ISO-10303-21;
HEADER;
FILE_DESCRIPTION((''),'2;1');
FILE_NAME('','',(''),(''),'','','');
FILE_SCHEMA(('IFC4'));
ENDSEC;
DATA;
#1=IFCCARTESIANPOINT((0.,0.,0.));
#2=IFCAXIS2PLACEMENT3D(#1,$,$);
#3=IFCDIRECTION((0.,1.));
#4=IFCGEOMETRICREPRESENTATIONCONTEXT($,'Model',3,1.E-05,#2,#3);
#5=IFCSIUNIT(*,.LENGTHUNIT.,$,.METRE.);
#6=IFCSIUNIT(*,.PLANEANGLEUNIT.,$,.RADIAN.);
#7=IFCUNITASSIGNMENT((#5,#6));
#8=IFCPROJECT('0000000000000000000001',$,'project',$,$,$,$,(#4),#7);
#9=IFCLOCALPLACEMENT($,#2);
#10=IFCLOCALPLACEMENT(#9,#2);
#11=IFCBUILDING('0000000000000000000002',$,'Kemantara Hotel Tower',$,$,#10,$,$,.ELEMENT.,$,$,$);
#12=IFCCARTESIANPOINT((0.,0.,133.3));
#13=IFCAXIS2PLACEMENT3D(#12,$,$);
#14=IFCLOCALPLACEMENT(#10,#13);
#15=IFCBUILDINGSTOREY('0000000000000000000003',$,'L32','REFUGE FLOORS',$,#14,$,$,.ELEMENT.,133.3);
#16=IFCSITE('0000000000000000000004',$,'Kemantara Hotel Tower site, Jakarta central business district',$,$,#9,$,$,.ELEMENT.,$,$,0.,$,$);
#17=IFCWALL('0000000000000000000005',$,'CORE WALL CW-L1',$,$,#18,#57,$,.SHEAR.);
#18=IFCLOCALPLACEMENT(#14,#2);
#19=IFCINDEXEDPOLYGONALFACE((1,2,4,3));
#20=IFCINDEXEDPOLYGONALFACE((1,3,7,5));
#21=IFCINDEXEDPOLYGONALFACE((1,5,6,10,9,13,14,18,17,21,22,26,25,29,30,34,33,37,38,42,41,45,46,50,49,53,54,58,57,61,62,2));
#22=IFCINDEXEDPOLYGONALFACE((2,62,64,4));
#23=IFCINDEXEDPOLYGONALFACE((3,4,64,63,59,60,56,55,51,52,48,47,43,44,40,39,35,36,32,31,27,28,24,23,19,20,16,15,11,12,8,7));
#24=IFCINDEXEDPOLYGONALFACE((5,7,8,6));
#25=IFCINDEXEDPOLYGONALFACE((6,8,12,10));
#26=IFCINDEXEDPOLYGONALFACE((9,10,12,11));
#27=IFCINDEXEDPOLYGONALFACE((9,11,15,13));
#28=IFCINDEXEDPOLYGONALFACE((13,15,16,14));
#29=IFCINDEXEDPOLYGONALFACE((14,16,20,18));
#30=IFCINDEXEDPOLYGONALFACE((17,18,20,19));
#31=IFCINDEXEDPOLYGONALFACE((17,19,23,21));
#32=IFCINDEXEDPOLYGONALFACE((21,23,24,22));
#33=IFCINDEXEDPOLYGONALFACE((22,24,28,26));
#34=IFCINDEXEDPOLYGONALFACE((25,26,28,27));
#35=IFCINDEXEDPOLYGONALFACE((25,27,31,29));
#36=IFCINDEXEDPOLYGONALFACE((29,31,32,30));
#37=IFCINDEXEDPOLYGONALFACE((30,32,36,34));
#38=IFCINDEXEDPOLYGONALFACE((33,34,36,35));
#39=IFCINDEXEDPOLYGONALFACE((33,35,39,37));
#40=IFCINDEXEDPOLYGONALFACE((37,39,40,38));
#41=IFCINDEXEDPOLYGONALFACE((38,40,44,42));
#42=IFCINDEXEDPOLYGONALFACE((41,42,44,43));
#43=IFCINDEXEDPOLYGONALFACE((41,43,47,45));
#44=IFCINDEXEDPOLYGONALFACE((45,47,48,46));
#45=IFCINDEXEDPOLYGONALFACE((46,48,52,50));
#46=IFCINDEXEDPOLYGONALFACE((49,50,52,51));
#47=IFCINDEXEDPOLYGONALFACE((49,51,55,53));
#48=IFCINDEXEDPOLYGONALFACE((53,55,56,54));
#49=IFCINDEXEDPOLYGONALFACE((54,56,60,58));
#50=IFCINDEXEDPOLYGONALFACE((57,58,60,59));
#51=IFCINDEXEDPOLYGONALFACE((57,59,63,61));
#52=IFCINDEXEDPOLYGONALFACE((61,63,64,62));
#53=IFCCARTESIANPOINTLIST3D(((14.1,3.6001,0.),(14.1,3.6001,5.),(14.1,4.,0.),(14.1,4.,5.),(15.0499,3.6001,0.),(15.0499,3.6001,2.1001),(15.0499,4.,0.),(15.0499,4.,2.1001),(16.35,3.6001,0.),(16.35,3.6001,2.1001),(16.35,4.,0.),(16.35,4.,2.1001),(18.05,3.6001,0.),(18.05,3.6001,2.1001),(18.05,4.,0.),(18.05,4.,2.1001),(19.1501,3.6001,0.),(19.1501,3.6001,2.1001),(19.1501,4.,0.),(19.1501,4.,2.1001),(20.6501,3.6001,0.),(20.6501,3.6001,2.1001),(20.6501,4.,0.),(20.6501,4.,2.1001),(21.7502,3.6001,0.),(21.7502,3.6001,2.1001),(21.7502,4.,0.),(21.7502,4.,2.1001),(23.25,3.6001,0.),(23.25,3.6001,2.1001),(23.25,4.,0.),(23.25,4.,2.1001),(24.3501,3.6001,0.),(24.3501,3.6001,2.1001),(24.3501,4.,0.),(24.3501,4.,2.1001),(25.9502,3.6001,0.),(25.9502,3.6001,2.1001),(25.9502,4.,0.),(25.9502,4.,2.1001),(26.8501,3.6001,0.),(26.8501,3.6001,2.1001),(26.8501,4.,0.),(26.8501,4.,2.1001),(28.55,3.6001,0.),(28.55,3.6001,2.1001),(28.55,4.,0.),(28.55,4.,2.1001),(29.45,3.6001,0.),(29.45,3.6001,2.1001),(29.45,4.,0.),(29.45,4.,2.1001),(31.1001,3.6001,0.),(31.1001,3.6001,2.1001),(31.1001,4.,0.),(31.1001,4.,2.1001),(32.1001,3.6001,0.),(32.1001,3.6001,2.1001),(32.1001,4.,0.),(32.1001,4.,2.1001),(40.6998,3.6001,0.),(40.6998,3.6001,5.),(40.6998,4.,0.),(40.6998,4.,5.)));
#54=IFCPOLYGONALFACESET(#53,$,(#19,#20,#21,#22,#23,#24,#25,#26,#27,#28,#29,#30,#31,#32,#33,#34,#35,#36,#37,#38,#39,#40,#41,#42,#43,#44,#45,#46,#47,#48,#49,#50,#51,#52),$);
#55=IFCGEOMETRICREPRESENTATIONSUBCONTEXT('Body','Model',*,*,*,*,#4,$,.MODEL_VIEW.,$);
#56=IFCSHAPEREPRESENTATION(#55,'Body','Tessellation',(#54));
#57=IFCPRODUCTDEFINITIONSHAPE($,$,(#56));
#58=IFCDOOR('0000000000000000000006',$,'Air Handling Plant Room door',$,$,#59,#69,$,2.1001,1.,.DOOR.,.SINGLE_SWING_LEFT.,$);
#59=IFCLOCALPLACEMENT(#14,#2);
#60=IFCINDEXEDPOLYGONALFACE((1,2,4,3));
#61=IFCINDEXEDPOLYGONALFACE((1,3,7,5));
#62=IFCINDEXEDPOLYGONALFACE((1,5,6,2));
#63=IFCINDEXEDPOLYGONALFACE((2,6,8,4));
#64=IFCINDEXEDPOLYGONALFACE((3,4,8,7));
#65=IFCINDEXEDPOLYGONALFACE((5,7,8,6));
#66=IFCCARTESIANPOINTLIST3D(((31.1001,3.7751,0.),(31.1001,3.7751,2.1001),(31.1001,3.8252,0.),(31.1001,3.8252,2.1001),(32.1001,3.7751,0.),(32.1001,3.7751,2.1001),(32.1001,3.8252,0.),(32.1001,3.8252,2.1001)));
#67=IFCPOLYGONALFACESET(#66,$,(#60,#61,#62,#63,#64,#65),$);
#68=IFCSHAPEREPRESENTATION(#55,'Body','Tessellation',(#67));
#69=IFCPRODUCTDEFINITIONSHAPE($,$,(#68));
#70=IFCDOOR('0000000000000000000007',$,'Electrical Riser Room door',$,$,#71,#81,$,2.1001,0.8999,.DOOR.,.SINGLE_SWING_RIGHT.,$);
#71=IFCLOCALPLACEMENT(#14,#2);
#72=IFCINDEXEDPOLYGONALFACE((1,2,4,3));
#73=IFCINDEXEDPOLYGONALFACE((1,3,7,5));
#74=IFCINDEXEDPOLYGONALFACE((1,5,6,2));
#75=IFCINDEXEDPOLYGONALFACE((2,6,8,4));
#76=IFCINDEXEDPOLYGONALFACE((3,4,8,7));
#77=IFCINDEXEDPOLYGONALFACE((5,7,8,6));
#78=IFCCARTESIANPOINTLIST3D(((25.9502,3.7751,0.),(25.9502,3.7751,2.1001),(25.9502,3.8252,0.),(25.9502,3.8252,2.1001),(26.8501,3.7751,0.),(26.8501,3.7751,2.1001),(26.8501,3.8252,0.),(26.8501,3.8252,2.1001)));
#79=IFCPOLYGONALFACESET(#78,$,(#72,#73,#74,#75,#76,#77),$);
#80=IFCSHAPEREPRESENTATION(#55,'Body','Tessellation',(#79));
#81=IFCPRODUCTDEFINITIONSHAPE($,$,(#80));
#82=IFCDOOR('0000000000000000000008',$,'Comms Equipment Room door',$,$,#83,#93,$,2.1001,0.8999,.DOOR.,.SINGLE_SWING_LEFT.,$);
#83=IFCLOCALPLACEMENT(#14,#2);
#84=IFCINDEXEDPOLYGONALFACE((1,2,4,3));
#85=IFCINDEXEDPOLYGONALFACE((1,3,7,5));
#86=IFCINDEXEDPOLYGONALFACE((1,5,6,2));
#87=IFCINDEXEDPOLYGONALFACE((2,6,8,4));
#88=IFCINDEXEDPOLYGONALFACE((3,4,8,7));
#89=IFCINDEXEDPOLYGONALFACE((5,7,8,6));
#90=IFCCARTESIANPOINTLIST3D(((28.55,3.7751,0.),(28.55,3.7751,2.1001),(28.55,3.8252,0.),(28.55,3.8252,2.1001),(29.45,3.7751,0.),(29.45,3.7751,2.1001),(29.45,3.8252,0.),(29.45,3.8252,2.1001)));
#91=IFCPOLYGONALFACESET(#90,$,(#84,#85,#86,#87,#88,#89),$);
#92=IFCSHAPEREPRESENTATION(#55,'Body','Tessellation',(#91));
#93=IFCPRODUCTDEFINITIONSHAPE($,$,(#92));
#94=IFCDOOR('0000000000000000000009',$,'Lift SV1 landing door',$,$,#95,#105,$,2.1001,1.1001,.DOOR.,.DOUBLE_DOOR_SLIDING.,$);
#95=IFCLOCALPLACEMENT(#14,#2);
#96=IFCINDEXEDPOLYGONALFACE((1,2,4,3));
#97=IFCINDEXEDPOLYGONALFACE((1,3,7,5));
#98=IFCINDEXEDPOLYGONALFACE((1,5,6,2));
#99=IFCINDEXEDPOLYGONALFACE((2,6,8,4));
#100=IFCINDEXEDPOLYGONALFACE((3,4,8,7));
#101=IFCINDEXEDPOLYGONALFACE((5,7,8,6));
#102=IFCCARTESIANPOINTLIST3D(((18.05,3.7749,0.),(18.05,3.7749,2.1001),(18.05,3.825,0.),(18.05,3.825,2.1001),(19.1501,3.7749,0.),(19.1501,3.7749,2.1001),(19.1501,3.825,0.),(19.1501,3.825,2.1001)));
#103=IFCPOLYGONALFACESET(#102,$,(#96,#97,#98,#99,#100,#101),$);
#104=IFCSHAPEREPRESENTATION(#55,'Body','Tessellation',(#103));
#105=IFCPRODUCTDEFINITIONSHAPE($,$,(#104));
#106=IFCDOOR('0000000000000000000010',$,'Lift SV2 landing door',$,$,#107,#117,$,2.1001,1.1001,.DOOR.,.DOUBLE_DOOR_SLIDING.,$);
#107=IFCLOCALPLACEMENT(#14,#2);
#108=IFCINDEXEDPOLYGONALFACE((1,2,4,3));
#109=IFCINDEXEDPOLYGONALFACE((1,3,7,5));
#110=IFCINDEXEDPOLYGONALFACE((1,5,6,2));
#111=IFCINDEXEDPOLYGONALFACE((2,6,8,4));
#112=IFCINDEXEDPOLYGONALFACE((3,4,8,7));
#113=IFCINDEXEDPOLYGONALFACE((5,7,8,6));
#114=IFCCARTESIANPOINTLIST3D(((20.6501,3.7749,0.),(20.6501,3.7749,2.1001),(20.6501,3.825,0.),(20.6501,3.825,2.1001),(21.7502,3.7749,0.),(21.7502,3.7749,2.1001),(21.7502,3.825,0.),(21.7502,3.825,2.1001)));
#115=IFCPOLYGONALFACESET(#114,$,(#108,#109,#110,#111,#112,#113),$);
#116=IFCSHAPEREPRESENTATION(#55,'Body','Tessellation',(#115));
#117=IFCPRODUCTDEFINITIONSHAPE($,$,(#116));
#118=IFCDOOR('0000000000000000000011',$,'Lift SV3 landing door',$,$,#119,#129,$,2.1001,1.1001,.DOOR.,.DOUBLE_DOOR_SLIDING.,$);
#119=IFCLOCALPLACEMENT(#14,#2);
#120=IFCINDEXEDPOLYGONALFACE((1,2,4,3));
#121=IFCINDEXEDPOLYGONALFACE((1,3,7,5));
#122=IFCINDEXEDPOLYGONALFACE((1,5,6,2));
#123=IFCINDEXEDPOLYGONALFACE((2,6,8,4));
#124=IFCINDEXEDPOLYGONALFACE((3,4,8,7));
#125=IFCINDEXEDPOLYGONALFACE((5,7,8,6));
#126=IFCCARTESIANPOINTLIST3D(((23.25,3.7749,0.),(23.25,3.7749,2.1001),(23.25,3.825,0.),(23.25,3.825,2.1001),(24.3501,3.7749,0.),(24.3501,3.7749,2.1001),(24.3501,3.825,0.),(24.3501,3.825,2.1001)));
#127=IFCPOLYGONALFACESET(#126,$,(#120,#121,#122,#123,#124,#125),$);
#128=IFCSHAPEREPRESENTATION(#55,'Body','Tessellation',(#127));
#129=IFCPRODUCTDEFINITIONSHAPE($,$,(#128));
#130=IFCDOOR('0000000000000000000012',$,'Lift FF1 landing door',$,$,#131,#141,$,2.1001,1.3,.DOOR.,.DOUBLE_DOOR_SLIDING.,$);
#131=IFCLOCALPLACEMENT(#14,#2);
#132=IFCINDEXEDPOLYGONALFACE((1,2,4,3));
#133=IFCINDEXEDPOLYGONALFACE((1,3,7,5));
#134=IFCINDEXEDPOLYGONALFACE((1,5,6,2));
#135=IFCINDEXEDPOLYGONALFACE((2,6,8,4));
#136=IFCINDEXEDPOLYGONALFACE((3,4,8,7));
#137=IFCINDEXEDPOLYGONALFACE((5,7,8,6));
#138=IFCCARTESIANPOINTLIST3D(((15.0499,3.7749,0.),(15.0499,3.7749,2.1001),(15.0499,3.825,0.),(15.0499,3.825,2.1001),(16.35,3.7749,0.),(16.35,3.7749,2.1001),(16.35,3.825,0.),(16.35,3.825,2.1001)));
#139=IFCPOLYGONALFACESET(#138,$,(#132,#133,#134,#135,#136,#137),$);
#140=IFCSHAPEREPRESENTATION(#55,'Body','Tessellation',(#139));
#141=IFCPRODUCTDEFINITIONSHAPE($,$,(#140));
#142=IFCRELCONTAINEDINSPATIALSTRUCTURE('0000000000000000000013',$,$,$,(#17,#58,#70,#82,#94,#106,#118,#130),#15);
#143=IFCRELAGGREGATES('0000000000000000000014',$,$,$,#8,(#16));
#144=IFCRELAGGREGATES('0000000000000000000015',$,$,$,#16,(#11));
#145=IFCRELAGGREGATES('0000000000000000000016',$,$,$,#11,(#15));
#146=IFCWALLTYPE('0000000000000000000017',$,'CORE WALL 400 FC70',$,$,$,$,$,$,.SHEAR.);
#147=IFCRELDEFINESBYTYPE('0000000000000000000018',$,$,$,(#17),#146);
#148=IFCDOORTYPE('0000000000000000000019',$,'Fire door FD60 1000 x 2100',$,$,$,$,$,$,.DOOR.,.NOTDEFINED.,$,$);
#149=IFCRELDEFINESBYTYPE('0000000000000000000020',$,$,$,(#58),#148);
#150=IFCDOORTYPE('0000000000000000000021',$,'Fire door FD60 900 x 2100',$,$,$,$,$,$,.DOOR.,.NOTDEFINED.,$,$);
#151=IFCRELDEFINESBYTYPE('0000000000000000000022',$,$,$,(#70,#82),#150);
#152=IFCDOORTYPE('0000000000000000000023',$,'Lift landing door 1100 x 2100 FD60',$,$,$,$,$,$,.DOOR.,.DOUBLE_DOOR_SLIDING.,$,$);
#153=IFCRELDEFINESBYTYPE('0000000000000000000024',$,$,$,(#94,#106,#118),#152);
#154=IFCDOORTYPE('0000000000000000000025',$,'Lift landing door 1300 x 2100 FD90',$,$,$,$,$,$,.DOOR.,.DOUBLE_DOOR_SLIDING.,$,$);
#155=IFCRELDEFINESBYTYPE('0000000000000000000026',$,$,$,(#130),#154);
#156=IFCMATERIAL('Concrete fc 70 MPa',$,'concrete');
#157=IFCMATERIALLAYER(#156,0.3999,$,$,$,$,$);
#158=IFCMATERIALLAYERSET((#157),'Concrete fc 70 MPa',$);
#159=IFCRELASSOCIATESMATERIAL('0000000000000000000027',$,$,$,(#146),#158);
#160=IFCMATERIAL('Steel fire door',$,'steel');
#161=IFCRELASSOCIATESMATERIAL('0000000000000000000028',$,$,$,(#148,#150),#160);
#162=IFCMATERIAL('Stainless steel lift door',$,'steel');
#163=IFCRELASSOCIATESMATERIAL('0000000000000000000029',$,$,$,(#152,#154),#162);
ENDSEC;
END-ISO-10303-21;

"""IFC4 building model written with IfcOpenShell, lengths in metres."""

from ifc_helpers import new_model, si_unit, direction, frame, frame_2d, origin, place, context, subcontext, project, spatial, rectangle, extrude, material, layer, layer_set, type_object, element, fill, save


model = new_model("IFC4")

# Units and contexts
model_context = context("Model", 3, precision=1e-05, world=origin(), true_north=direction((0.0, 1.0)))
body_context = subcontext(model_context, "Body", "Model", "MODEL_VIEW")
ifc_project = project(units=[si_unit("LENGTHUNIT", "METRE"), si_unit("PLANEANGLEUNIT", "RADIAN")], contexts=[model_context])

# Site, building, storey
site_placement = place(None, origin())
site = spatial("IfcSite", under=ifc_project, at=site_placement, Name="Kemantara Hotel Tower site, Jakarta central business district", CompositionType="ELEMENT", RefElevation=0.0)
building_placement = place(site_placement, origin())
building = spatial("IfcBuilding", under=site, at=building_placement, Name="Kemantara Hotel Tower", CompositionType="ELEMENT")
storey_placement = place(building_placement, frame((0.0, 0.0, 133.3)))
storey = spatial("IfcBuildingStorey", under=building, at=storey_placement, Name="L32", Description="REFUGE FLOORS", CompositionType="ELEMENT", Elevation=133.3)

# Shared definitions
ifc_material_1 = material(Name="Concrete fc 70 MPa", Category="concrete")

# Wall, openings, doors
ifc_layer_1 = layer(ifc_material_1, 0.3999)
ifc_layer_set_1 = layer_set([ifc_layer_1], Name="Concrete fc 70 MPa")
wall_type_1 = type_object("IfcWallType", Name="CORE WALL 400 FC70", PredefinedType="SHEAR", material=ifc_layer_set_1)
wall_1_placement = place(storey_placement, frame((14.1001, 3.8, 0.0), z_axis=(0.0, 0.0, 1.0), x_axis=(1.0, 0.0, 0.0)))
wall_1 = element("IfcWall", 1, at=wall_1_placement, inside=storey, type_object=wall_type_1, Name="CORE WALL CW-L1", PredefinedType="SHEAR", context=body_context, shape_type="SweptSolid", body=[
    extrude(rectangle(XDim=26.5999, YDim=0.3999, at=frame_2d((13.2998, 0.0))), origin(), (0.0, 0.0, 1.0), 5.0),
])
opening_1_placement = place(wall_1_placement, frame((0.95, 0.0, 0.0)))
opening_1 = element("IfcOpeningElement", 2, at=opening_1_placement, cuts=wall_1, PredefinedType="OPENING", context=body_context, shape_type="SweptSolid", body=[
    extrude(rectangle(XDim=1.3, YDim=2.1001, at=frame_2d((0.6499, 1.05))), frame((0.0, 0.21, 0.0), z_axis=(0.0, -1.0, 0.0), x_axis=(1.0, 0.0, 0.0)), (0.0, 0.0, 1.0), 0.4199),
])
opening_2_placement = place(wall_1_placement, frame((3.95, 0.0, 0.0)))
opening_2 = element("IfcOpeningElement", 3, at=opening_2_placement, cuts=wall_1, PredefinedType="OPENING", context=body_context, shape_type="SweptSolid", body=[
    extrude(rectangle(XDim=1.1001, YDim=2.1001, at=frame_2d((0.55, 1.05))), frame((0.0, 0.21, 0.0), z_axis=(0.0, -1.0, 0.0), x_axis=(1.0, 0.0, 0.0)), (0.0, 0.0, 1.0), 0.4199),
])
opening_3_placement = place(wall_1_placement, frame((6.55, 0.0, 0.0)))
opening_3 = element("IfcOpeningElement", 4, at=opening_3_placement, cuts=wall_1, PredefinedType="OPENING", context=body_context, shape_type="SweptSolid", body=[
    extrude(rectangle(XDim=1.1001, YDim=2.1001, at=frame_2d((0.55, 1.05))), frame((0.0, 0.21, 0.0), z_axis=(0.0, -1.0, 0.0), x_axis=(1.0, 0.0, 0.0)), (0.0, 0.0, 1.0), 0.4199),
])
opening_4_placement = place(wall_1_placement, frame((9.1499, 0.0, 0.0)))
opening_4 = element("IfcOpeningElement", 5, at=opening_4_placement, cuts=wall_1, PredefinedType="OPENING", context=body_context, shape_type="SweptSolid", body=[
    extrude(rectangle(XDim=1.1001, YDim=2.1001, at=frame_2d((0.55, 1.05))), frame((0.0, 0.21, 0.0), z_axis=(0.0, -1.0, 0.0), x_axis=(1.0, 0.0, 0.0)), (0.0, 0.0, 1.0), 0.4199),
])
opening_5_placement = place(wall_1_placement, frame((11.8501, 0.0, 0.0)))
opening_5 = element("IfcOpeningElement", 6, at=opening_5_placement, cuts=wall_1, PredefinedType="OPENING", context=body_context, shape_type="SweptSolid", body=[
    extrude(rectangle(XDim=0.8999, YDim=2.1001, at=frame_2d((0.45, 1.05))), frame((0.0, 0.21, 0.0), z_axis=(0.0, -1.0, 0.0), x_axis=(1.0, 0.0, 0.0)), (0.0, 0.0, 1.0), 0.4199),
])
opening_6_placement = place(wall_1_placement, frame((14.45, 0.0, 0.0)))
opening_6 = element("IfcOpeningElement", 7, at=opening_6_placement, cuts=wall_1, PredefinedType="OPENING", context=body_context, shape_type="SweptSolid", body=[
    extrude(rectangle(XDim=0.8999, YDim=2.1001, at=frame_2d((0.45, 1.05))), frame((0.0, 0.21, 0.0), z_axis=(0.0, -1.0, 0.0), x_axis=(1.0, 0.0, 0.0)), (0.0, 0.0, 1.0), 0.4199),
])
opening_7_placement = place(wall_1_placement, frame((17.0, 0.0, 0.0)))
opening_7 = element("IfcOpeningElement", 8, at=opening_7_placement, cuts=wall_1, PredefinedType="OPENING", context=body_context, shape_type="SweptSolid", body=[
    extrude(rectangle(XDim=1.0, YDim=2.1001, at=frame_2d((0.5, 1.05))), frame((0.0, 0.21, 0.0), z_axis=(0.0, -1.0, 0.0), x_axis=(1.0, 0.0, 0.0)), (0.0, 0.0, 1.0), 0.4199),
])
ifc_material_2 = material(Name="Steel fire door", Category="steel")
door_type_1 = type_object("IfcDoorType", Name="Fire door FD60 1000 x 2100", OperationType="NOTDEFINED", PredefinedType="DOOR", material=ifc_material_2)
door_1_placement = place(opening_7_placement, frame((1.0, 0.0, 0.0), z_axis=(0.0, 0.0, 1.0), x_axis=(-1.0, 0.0, 0.0)))
door_1 = element("IfcDoor", 9, at=door_1_placement, inside=storey, type_object=door_type_1, Name="Air Handling Plant Room door", OperationType="SINGLE_SWING_LEFT", OverallHeight=2.1001, OverallWidth=1.0, PredefinedType="DOOR", context=body_context, shape_type="SweptSolid", body=[
    extrude(rectangle(XDim=1.0, YDim=2.1001, at=frame_2d((0.5, 1.05))), frame((0.0, 0.0249, 0.0), z_axis=(0.0, -1.0, 0.0), x_axis=(1.0, 0.0, 0.0)), (0.0, 0.0, 1.0), 0.05),
])
fill(opening_7, door_1)
door_type_2 = type_object("IfcDoorType", Name="Fire door FD60 900 x 2100", OperationType="NOTDEFINED", PredefinedType="DOOR", material=ifc_material_2)
door_2_placement = place(opening_5_placement, frame((0.8999, 0.0, 0.0), z_axis=(0.0, 0.0, 1.0), x_axis=(-1.0, 0.0, 0.0)))
door_2 = element("IfcDoor", 10, at=door_2_placement, inside=storey, type_object=door_type_2, Name="Electrical Riser Room door", OperationType="SINGLE_SWING_RIGHT", OverallHeight=2.1001, OverallWidth=0.8999, PredefinedType="DOOR", context=body_context, shape_type="SweptSolid", body=[
    extrude(rectangle(XDim=0.8999, YDim=2.1001, at=frame_2d((0.45, 1.05))), frame((0.0, 0.0249, 0.0), z_axis=(0.0, -1.0, 0.0), x_axis=(1.0, 0.0, 0.0)), (0.0, 0.0, 1.0), 0.05),
])
fill(opening_5, door_2)
door_3_placement = place(opening_6_placement, frame((0.8999, 0.0, 0.0), z_axis=(0.0, 0.0, 1.0), x_axis=(-1.0, 0.0, 0.0)))
door_3 = element("IfcDoor", 11, at=door_3_placement, inside=storey, type_object=door_type_2, Name="Comms Equipment Room door", OperationType="SINGLE_SWING_LEFT", OverallHeight=2.1001, OverallWidth=0.8999, PredefinedType="DOOR", context=body_context, shape_type="SweptSolid", body=[
    extrude(rectangle(XDim=0.8999, YDim=2.1001, at=frame_2d((0.45, 1.05))), frame((0.0, 0.0249, 0.0), z_axis=(0.0, -1.0, 0.0), x_axis=(1.0, 0.0, 0.0)), (0.0, 0.0, 1.0), 0.05),
])
fill(opening_6, door_3)
ifc_material_3 = material(Name="Stainless steel lift door", Category="steel")
door_type_3 = type_object("IfcDoorType", Name="Lift landing door 1100 x 2100 FD60", OperationType="DOUBLE_DOOR_SLIDING", PredefinedType="DOOR", material=ifc_material_3)
door_4_placement = place(opening_2_placement, origin())
door_4 = element("IfcDoor", 12, at=door_4_placement, inside=storey, type_object=door_type_3, Name="Lift SV1 landing door", OperationType="DOUBLE_DOOR_SLIDING", OverallHeight=2.1001, OverallWidth=1.1001, PredefinedType="DOOR", context=body_context, shape_type="SweptSolid", body=[
    extrude(rectangle(XDim=1.1001, YDim=2.1001, at=frame_2d((0.55, 1.05))), frame((0.0, 0.0249, 0.0), z_axis=(0.0, -1.0, 0.0), x_axis=(1.0, 0.0, 0.0)), (0.0, 0.0, 1.0), 0.05),
])
fill(opening_2, door_4)
door_5_placement = place(opening_3_placement, origin())
door_5 = element("IfcDoor", 13, at=door_5_placement, inside=storey, type_object=door_type_3, Name="Lift SV2 landing door", OperationType="DOUBLE_DOOR_SLIDING", OverallHeight=2.1001, OverallWidth=1.1001, PredefinedType="DOOR", context=body_context, shape_type="SweptSolid", body=[
    extrude(rectangle(XDim=1.1001, YDim=2.1001, at=frame_2d((0.55, 1.05))), frame((0.0, 0.0249, 0.0), z_axis=(0.0, -1.0, 0.0), x_axis=(1.0, 0.0, 0.0)), (0.0, 0.0, 1.0), 0.05),
])
fill(opening_3, door_5)
door_6_placement = place(opening_4_placement, origin())
door_6 = element("IfcDoor", 14, at=door_6_placement, inside=storey, type_object=door_type_3, Name="Lift SV3 landing door", OperationType="DOUBLE_DOOR_SLIDING", OverallHeight=2.1001, OverallWidth=1.1001, PredefinedType="DOOR", context=body_context, shape_type="SweptSolid", body=[
    extrude(rectangle(XDim=1.1001, YDim=2.1001, at=frame_2d((0.55, 1.05))), frame((0.0, 0.0249, 0.0), z_axis=(0.0, -1.0, 0.0), x_axis=(1.0, 0.0, 0.0)), (0.0, 0.0, 1.0), 0.05),
])
fill(opening_4, door_6)
door_type_4 = type_object("IfcDoorType", Name="Lift landing door 1300 x 2100 FD90", OperationType="DOUBLE_DOOR_SLIDING", PredefinedType="DOOR", material=ifc_material_3)
door_7_placement = place(opening_1_placement, origin())
door_7 = element("IfcDoor", 15, at=door_7_placement, inside=storey, type_object=door_type_4, Name="Lift FF1 landing door", OperationType="DOUBLE_DOOR_SLIDING", OverallHeight=2.1001, OverallWidth=1.3, PredefinedType="DOOR", context=body_context, shape_type="SweptSolid", body=[
    extrude(rectangle(XDim=1.3, YDim=2.1001, at=frame_2d((0.6499, 1.05))), frame((0.0, 0.0249, 0.0), z_axis=(0.0, -1.0, 0.0), x_axis=(1.0, 0.0, 0.0)), (0.0, 0.0, 1.0), 0.05),
])
fill(opening_1, door_7)

save(model, "model.ifc")
